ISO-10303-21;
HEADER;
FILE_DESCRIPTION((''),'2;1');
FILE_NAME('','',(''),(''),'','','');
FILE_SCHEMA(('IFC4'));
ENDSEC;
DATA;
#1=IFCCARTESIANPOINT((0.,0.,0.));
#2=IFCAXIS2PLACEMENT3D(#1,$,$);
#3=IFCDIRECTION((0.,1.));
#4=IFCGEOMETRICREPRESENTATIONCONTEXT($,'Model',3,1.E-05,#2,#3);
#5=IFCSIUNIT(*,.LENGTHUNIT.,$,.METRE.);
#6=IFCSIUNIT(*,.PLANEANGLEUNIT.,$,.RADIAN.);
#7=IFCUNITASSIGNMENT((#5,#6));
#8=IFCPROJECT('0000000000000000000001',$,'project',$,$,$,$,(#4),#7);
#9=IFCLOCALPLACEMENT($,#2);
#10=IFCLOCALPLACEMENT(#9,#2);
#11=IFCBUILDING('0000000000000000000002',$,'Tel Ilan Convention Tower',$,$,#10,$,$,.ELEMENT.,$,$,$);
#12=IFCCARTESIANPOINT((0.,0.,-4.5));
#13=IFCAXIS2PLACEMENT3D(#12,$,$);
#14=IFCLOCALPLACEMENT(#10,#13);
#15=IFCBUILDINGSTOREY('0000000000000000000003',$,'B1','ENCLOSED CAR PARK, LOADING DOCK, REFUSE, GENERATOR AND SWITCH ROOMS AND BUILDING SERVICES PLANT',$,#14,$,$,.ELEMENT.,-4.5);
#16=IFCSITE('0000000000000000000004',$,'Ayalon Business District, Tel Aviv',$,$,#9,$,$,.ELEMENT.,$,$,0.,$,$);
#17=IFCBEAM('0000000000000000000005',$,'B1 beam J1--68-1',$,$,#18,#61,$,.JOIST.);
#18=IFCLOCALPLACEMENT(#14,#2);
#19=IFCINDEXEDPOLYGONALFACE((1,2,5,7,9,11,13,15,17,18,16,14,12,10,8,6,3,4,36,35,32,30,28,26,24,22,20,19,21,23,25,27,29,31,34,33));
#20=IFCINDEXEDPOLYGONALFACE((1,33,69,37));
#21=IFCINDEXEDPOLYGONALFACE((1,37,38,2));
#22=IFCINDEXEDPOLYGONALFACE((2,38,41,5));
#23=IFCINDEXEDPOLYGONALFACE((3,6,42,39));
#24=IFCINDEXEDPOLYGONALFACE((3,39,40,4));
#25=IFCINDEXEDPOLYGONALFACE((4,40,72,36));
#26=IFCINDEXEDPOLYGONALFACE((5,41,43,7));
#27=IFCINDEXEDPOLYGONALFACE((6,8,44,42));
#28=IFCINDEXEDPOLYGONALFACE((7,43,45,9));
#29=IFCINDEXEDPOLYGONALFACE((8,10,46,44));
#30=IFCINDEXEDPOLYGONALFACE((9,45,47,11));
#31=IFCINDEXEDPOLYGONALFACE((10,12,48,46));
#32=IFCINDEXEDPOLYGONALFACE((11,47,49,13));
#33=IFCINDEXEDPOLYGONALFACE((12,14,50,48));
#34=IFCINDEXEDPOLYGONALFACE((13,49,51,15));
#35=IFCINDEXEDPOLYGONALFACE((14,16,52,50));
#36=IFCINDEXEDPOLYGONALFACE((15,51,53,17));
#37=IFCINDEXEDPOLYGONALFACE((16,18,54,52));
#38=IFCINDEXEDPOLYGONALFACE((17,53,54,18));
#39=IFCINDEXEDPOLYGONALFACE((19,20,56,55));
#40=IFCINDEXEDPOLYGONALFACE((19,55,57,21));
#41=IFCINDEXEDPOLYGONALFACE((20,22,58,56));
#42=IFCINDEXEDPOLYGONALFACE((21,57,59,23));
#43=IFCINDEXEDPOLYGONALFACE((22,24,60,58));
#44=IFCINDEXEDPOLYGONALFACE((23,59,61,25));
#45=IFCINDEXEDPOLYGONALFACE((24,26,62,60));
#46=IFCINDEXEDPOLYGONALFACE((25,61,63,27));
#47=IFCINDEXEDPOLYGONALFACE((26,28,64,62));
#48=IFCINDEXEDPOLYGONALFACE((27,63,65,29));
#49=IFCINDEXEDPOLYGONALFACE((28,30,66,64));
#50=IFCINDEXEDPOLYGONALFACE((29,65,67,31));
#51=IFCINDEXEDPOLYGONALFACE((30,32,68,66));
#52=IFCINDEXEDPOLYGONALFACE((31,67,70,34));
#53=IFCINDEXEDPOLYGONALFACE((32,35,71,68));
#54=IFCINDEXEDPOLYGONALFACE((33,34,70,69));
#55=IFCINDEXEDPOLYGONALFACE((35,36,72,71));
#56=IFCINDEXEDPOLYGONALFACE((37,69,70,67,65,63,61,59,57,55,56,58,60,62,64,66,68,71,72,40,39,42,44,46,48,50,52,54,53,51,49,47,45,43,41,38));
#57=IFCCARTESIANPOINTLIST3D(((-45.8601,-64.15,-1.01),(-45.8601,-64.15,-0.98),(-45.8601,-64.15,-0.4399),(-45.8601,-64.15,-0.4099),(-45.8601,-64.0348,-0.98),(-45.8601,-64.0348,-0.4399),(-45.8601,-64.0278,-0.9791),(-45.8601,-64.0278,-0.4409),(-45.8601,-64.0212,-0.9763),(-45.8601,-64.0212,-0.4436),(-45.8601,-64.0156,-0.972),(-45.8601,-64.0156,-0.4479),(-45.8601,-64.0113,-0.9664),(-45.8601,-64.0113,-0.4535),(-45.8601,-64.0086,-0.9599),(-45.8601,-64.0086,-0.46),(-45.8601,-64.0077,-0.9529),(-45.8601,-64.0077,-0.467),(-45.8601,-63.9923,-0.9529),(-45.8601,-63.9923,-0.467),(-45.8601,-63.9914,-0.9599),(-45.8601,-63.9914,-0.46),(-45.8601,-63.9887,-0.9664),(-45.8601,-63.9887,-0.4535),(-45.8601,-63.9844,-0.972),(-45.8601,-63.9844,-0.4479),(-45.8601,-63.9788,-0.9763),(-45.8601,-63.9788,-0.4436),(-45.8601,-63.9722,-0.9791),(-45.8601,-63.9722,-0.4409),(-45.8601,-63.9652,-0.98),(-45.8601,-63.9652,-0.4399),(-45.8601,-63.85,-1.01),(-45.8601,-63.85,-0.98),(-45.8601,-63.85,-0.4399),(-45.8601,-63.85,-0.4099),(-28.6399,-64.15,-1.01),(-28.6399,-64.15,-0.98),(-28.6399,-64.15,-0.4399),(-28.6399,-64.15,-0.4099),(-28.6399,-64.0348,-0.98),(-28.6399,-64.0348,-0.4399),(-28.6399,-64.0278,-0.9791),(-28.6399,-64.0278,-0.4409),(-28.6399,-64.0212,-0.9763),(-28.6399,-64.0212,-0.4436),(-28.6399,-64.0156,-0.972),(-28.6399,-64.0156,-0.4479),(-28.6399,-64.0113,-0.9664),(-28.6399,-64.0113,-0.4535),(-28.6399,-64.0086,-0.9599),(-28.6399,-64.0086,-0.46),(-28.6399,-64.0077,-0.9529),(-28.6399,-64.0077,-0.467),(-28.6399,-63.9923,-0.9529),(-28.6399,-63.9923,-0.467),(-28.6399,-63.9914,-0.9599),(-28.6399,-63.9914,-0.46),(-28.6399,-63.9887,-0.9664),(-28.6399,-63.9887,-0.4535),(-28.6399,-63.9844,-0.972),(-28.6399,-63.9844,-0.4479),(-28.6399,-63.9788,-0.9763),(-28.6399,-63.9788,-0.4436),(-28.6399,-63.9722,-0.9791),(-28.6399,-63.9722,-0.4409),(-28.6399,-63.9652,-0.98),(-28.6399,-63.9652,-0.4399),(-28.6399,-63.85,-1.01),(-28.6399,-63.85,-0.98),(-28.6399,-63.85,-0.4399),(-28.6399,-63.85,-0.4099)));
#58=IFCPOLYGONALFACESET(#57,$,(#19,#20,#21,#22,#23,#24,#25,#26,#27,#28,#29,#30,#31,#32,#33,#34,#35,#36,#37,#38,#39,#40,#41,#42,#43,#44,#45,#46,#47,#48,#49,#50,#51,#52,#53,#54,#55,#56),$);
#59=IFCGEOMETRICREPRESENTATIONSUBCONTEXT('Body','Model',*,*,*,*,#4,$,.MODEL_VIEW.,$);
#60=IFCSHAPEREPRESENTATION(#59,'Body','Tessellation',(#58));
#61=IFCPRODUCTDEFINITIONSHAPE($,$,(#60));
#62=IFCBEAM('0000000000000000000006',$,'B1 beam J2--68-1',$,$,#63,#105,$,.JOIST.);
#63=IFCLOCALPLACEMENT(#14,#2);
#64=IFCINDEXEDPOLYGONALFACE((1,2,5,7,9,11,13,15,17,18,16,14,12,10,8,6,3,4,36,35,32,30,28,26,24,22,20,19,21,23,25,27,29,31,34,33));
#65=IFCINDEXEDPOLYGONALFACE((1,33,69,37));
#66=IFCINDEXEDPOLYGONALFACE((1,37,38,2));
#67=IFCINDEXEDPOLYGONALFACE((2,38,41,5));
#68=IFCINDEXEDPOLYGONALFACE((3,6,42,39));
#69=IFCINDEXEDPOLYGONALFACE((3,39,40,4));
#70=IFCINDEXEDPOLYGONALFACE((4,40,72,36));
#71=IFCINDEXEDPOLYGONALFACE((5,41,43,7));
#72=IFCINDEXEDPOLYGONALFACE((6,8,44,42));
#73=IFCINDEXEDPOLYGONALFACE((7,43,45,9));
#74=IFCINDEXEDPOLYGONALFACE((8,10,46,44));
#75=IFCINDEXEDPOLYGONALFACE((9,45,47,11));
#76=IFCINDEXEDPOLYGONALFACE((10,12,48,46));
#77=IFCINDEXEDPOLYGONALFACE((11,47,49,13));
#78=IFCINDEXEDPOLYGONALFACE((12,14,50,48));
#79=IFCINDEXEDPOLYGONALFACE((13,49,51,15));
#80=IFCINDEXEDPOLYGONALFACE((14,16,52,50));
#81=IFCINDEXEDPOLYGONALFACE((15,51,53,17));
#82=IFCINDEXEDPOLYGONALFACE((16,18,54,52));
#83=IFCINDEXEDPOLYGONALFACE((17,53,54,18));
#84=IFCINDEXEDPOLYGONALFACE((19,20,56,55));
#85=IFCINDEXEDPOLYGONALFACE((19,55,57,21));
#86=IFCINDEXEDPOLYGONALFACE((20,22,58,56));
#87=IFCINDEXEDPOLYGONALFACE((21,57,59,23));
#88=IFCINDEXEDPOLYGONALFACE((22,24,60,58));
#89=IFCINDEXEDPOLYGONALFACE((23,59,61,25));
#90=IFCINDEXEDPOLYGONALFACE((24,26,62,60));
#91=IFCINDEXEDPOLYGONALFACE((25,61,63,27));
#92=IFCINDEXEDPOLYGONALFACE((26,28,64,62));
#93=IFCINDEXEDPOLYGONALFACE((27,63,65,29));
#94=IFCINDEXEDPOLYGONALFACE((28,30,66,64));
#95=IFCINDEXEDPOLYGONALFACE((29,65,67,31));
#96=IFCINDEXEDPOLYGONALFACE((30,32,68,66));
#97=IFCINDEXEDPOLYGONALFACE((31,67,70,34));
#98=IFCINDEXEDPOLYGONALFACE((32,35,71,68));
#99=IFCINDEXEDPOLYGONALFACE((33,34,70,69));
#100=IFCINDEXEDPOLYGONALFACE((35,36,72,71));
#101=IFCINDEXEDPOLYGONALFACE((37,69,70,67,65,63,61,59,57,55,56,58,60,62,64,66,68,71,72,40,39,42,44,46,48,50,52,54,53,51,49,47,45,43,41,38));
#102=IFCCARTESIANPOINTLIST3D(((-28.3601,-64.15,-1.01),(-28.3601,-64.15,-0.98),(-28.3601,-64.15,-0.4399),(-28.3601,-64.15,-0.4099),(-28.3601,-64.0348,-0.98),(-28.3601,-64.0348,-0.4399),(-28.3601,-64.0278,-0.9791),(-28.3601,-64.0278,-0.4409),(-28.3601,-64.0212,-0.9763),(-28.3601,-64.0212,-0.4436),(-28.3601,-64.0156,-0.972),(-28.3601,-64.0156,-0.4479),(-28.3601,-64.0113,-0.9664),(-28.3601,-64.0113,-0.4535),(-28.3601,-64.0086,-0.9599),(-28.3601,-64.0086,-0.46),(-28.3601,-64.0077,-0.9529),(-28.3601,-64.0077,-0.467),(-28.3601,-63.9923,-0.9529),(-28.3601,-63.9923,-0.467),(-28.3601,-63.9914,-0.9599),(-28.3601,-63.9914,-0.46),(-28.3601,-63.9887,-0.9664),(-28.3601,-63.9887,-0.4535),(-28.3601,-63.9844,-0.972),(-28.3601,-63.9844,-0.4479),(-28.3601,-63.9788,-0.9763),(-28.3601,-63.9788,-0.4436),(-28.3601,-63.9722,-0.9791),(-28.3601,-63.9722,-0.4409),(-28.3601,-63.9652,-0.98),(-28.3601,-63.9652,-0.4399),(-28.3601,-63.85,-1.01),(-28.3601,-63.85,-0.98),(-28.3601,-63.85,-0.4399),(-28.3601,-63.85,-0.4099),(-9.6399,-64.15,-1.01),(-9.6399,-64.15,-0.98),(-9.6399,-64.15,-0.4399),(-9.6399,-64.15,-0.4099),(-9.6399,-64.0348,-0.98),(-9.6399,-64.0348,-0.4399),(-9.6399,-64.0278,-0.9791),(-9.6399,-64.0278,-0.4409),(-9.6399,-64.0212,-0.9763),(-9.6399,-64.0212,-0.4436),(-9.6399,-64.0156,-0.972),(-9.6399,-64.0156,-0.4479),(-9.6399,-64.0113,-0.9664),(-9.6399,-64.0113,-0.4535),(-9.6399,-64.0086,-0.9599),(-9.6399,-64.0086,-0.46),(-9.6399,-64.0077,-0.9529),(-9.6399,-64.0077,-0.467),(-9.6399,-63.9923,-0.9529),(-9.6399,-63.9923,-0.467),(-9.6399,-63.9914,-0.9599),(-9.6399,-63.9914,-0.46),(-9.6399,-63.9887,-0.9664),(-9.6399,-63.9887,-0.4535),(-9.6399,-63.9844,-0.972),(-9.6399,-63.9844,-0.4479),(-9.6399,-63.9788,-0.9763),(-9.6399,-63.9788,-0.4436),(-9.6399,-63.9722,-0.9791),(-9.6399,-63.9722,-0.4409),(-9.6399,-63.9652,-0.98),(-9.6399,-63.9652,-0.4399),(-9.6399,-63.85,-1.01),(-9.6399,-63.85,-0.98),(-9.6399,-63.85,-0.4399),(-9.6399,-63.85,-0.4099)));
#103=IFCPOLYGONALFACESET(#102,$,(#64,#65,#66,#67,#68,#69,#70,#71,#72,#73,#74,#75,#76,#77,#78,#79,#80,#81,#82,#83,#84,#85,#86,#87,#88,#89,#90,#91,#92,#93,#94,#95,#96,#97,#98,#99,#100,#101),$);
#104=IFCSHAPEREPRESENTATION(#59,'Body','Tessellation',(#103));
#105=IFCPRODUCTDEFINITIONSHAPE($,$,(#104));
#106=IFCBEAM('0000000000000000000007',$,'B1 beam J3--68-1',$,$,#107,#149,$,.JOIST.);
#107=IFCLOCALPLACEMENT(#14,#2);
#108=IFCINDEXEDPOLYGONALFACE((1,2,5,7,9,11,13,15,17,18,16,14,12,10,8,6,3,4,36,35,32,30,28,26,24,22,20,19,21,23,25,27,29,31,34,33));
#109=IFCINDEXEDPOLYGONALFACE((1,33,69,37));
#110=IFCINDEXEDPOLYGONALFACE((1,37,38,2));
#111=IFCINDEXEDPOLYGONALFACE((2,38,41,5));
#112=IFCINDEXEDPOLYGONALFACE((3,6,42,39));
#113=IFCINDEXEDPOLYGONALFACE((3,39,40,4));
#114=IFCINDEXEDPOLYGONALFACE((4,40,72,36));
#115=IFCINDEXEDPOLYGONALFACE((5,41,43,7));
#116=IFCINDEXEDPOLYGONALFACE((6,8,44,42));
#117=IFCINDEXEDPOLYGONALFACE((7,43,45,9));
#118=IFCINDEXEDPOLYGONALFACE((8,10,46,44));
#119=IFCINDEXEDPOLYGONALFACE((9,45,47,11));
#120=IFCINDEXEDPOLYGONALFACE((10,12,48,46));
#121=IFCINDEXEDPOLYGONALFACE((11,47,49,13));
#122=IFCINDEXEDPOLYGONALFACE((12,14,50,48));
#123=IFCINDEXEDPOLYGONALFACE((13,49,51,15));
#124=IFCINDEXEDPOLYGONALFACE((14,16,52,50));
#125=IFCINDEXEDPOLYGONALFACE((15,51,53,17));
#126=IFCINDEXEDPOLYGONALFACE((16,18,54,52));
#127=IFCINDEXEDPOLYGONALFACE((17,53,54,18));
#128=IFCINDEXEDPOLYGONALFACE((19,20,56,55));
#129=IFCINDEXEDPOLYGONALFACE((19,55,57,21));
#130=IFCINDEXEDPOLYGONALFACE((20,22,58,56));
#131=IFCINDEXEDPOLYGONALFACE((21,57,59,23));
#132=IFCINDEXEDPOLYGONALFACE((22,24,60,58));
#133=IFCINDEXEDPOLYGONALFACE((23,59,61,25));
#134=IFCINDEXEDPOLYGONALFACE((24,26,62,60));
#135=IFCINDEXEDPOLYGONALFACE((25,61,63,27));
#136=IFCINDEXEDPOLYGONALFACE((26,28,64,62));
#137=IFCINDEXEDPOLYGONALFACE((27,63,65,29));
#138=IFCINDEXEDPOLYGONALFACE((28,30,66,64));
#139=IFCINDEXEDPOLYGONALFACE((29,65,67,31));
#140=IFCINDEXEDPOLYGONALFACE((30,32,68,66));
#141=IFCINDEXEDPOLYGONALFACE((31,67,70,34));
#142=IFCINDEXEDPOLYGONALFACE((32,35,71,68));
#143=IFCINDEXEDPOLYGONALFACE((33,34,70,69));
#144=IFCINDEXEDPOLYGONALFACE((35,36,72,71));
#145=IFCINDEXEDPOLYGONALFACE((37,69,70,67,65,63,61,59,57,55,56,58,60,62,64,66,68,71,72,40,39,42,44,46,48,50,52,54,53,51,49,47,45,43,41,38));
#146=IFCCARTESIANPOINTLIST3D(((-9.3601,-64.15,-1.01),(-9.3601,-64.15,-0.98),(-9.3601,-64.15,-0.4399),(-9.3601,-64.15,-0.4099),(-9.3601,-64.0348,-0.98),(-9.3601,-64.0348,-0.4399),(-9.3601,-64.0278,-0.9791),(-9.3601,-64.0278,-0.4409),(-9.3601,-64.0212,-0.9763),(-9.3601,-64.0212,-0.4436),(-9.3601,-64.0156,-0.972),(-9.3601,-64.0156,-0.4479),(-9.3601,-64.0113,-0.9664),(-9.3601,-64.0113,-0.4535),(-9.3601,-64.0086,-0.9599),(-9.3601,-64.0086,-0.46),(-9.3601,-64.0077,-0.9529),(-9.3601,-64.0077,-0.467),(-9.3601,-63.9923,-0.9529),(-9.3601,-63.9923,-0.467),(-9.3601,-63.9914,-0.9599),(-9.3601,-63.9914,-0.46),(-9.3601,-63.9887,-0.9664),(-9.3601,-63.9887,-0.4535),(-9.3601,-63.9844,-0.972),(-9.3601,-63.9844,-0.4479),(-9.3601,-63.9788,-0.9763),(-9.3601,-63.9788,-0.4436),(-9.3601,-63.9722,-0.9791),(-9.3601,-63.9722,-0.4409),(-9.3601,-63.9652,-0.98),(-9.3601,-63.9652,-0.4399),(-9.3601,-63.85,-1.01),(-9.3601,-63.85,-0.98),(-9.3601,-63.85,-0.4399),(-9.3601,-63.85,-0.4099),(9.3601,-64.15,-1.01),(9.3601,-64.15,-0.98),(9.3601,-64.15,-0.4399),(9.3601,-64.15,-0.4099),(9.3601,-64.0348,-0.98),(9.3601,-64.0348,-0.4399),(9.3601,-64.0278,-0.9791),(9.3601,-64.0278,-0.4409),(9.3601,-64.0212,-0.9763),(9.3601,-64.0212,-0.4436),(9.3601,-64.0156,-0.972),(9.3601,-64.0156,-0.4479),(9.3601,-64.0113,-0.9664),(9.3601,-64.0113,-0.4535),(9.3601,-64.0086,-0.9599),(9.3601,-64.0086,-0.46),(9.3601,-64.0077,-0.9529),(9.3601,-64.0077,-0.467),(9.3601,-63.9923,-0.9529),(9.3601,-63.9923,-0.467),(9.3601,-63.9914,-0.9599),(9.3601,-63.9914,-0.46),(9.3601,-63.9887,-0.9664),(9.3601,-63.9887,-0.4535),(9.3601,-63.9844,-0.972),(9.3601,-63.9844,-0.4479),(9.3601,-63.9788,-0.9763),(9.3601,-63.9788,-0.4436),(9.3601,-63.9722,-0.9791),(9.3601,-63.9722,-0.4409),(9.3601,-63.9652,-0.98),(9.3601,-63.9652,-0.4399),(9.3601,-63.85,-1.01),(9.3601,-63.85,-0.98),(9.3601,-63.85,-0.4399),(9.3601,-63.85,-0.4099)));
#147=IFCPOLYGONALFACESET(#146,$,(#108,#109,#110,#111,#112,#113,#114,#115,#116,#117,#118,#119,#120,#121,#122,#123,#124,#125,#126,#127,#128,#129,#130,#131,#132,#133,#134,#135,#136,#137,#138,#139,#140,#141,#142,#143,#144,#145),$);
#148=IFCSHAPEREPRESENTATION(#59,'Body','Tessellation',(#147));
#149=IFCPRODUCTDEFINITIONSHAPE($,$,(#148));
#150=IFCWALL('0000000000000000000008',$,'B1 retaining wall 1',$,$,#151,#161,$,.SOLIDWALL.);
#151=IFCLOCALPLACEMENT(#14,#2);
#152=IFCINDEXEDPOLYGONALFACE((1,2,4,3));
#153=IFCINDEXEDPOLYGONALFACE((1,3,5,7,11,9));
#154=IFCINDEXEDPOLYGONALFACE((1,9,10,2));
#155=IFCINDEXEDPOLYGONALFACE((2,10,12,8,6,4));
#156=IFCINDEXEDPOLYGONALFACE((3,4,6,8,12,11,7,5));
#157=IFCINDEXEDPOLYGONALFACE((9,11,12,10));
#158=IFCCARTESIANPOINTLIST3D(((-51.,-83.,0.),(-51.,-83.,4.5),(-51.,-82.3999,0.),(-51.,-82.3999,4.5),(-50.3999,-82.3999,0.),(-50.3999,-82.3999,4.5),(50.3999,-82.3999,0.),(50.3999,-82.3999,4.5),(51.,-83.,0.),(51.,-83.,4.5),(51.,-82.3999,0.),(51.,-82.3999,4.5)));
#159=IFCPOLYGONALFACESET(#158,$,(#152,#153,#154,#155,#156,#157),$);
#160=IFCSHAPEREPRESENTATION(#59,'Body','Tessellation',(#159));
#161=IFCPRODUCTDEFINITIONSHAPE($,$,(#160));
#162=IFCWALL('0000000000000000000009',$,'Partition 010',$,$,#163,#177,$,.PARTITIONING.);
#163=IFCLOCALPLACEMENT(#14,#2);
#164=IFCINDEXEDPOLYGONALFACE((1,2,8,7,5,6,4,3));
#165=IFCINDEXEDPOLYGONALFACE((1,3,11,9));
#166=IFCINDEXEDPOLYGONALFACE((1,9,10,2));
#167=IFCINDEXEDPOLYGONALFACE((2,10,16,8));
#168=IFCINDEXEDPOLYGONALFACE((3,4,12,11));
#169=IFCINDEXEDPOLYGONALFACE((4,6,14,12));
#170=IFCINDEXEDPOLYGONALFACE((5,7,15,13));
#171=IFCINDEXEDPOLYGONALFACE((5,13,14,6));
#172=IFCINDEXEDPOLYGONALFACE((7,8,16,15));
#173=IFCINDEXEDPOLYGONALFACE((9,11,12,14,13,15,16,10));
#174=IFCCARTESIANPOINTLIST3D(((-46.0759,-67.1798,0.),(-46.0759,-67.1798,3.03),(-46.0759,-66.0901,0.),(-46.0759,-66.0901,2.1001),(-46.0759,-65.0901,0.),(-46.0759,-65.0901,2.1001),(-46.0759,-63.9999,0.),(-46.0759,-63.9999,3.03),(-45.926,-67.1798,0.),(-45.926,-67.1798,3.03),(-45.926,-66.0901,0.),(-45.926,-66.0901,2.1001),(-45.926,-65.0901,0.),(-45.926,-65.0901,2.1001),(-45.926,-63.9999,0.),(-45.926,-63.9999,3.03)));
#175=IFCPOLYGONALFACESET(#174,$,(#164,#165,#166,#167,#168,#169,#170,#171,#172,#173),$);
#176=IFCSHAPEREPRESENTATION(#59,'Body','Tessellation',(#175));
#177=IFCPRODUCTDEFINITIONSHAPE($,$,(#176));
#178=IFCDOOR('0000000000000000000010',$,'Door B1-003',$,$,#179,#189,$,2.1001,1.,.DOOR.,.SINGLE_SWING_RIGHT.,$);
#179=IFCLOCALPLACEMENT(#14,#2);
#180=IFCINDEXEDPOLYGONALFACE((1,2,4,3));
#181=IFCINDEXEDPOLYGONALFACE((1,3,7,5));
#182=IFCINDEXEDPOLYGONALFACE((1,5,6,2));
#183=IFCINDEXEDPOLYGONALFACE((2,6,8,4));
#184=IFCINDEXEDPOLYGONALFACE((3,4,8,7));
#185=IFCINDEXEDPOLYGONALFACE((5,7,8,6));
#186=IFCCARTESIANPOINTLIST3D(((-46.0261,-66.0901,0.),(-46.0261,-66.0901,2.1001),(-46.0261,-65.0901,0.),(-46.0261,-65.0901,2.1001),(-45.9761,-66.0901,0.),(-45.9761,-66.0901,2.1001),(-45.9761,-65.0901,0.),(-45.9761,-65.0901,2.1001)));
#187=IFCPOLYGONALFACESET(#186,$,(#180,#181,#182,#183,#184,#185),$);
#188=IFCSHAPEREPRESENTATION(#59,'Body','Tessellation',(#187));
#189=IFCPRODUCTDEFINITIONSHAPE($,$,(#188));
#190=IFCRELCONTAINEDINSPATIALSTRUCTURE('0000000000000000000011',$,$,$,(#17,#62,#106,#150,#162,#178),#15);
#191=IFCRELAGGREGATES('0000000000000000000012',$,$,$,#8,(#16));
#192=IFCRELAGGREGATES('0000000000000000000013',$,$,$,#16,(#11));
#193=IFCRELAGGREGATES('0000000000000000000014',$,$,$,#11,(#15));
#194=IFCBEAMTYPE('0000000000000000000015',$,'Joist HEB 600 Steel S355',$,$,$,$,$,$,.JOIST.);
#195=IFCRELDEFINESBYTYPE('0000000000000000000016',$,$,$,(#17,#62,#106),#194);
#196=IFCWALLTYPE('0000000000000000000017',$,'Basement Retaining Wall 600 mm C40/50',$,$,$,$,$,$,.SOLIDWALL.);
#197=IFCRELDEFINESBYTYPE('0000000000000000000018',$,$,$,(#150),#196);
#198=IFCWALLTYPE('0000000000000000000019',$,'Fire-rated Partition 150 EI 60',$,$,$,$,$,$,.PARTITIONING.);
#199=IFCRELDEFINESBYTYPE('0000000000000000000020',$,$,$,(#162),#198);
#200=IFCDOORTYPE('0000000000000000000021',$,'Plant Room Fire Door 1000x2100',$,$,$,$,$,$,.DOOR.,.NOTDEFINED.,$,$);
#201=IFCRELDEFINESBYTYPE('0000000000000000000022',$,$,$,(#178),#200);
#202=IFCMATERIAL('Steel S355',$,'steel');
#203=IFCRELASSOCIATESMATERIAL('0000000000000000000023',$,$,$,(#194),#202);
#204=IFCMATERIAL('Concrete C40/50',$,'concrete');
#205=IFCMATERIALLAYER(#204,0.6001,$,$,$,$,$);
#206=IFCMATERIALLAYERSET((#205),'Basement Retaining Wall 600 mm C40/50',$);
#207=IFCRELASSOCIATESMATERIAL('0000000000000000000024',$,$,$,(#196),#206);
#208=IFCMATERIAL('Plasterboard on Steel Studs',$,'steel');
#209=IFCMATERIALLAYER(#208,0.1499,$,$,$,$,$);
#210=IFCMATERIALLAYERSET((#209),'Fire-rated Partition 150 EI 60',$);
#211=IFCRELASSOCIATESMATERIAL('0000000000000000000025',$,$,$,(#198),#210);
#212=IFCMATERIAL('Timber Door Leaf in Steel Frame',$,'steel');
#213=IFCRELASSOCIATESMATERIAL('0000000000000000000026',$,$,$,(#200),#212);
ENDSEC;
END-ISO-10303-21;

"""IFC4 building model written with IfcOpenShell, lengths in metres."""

from ifc_helpers import new_model, si_unit, direction, frame, frame_2d, origin, origin_2d, place, context, subcontext, project, spatial, polyline, rectangle, i_section, outline, extrude, material, layer, layer_set, material_profile, profile_set, type_object, element, fill, save


model = new_model("IFC4")

# Units and contexts
model_context = context("Model", 3, precision=1e-05, world=origin(), true_north=direction((0.0, 1.0)))
body_context = subcontext(model_context, "Body", "Model", "MODEL_VIEW")
ifc_project = project(units=[si_unit("LENGTHUNIT", "METRE"), si_unit("PLANEANGLEUNIT", "RADIAN")], contexts=[model_context])

# Site, building, storey
site_placement = place(None, origin())
site = spatial("IfcSite", under=ifc_project, at=site_placement, Name="Ayalon Business District, Tel Aviv", CompositionType="ELEMENT", RefElevation=0.0)
building_placement = place(site_placement, origin())
building = spatial("IfcBuilding", under=site, at=building_placement, Name="Tel Ilan Convention Tower", CompositionType="ELEMENT")
storey_placement = place(building_placement, frame((0.0, 0.0, -4.5)))
storey = spatial("IfcBuildingStorey", under=building, at=storey_placement, Name="B1", Description="ENCLOSED CAR PARK, LOADING DOCK, REFUSE, GENERATOR AND SWITCH ROOMS AND BUILDING SERVICES PLANT", CompositionType="ELEMENT", Elevation=-4.5)

# Beams
ifc_material_1 = material(Name="Steel S355", Category="steel")
ifc_material_profile_1 = material_profile(ifc_material_1, i_section(OverallWidth=0.3, OverallDepth=0.6001, WebThickness=0.0154, FlangeThickness=0.03, FilletRadius=0.0271, at=origin_2d()), Name="HEB 600")
ifc_profile_set_1 = profile_set([ifc_material_profile_1], Name="Steel S355")
beam_type_1 = type_object("IfcBeamType", Name="Joist HEB 600 Steel S355", PredefinedType="JOIST", material=ifc_profile_set_1)
beam_1_placement = place(storey_placement, frame((-45.8601, -64.0, -0.71), z_axis=(1.0, 0.0, 0.0), x_axis=(0.0, 1.0, 0.0)))
element("IfcBeam", 1, at=beam_1_placement, inside=storey, type_object=beam_type_1, Name="B1 beam J1--68-1", PredefinedType="JOIST", context=body_context, shape_type="SweptSolid", body=[
    extrude(i_section(OverallWidth=0.3, OverallDepth=0.6001, WebThickness=0.0154, FlangeThickness=0.03, FilletRadius=0.0271, at=origin_2d()), origin(), (0.0, 0.0, 1.0), 17.2202),
])
for number, where, z_axis, x_axis, name in (
    (2, (-28.3601, -64.0, -0.71), (1.0, 0.0, 0.0), (0.0, 1.0, 0.0), "B1 beam J2--68-1"),
    (3, (-9.3601, -64.0, -0.71), (1.0, 0.0, 0.0), (0.0, 1.0, 0.0), "B1 beam J3--68-1"),
):
    element("IfcBeam", number, at=place(storey_placement, frame(where, z_axis=z_axis, x_axis=x_axis)), inside=storey, type_object=beam_type_1, Name=name, PredefinedType="JOIST", context=body_context, shape_type="SweptSolid", body=[
        extrude(i_section(OverallWidth=0.3, OverallDepth=0.6001, WebThickness=0.0154, FlangeThickness=0.03, FilletRadius=0.0271, at=origin_2d()), origin(), (0.0, 0.0, 1.0), 18.7202),
    ])

# Wall
ifc_material_2 = material(Name="Concrete C40/50", Category="concrete")
ifc_layer_1 = layer(ifc_material_2, 0.6001)
ifc_layer_set_1 = layer_set([ifc_layer_1], Name="Basement Retaining Wall 600 mm C40/50")
wall_type_1 = type_object("IfcWallType", Name="Basement Retaining Wall 600 mm C40/50", PredefinedType="SOLIDWALL", material=ifc_layer_set_1)
wall_1_placement = place(storey_placement, frame((-51.0, -82.7, 0.0), z_axis=(0.0, 0.0, 1.0), x_axis=(1.0, 0.0, 0.0)))
element("IfcWall", 4, at=wall_1_placement, inside=storey, type_object=wall_type_1, Name="B1 retaining wall 1", PredefinedType="SOLIDWALL", context=body_context, shape_type="SweptSolid", body=[
    extrude(outline(polyline([(0.0, -0.3), (0.0, 0.3), (0.6001, 0.3), (101.3999, 0.3), (102.0, 0.3), (102.0, -0.3), (0.0, -0.3)])), origin(), (0.0, 0.0, 1.0), 4.5),
])

# Wall, opening, door
ifc_material_3 = material(Name="Plasterboard on Steel Studs", Category="steel")
ifc_layer_2 = layer(ifc_material_3, 0.1499)
ifc_layer_set_2 = layer_set([ifc_layer_2], Name="Fire-rated Partition 150 EI 60")
wall_type_2 = type_object("IfcWallType", Name="Fire-rated Partition 150 EI 60", PredefinedType="PARTITIONING", material=ifc_layer_set_2)
wall_2_placement = place(storey_placement, frame((-46.001, -64.0, 0.0), z_axis=(0.0, 0.0, 1.0), x_axis=(0.0, -1.0, 0.0)))
wall_2 = element("IfcWall", 5, at=wall_2_placement, inside=storey, type_object=wall_type_2, Name="Partition 010", PredefinedType="PARTITIONING", context=body_context, shape_type="SweptSolid", body=[
    extrude(rectangle(XDim=3.1799, YDim=0.1499, at=frame_2d((1.5898, 0.0))), origin(), (0.0, 0.0, 1.0), 3.03),
])
opening_1_placement = place(wall_2_placement, frame((1.0901, 0.0, 0.0)))
opening_1 = element("IfcOpeningElement", 6, at=opening_1_placement, cuts=wall_2, PredefinedType="OPENING", context=body_context, shape_type="SweptSolid", body=[
    extrude(rectangle(XDim=1.0, YDim=2.1001, at=frame_2d((0.5, 1.05))), frame((0.0, 0.085, 0.0), z_axis=(0.0, -1.0, 0.0), x_axis=(1.0, 0.0, 0.0)), (0.0, 0.0, 1.0), 0.1699),
])
ifc_material_4 = material(Name="Timber Door Leaf in Steel Frame", Category="steel")
door_type_1 = type_object("IfcDoorType", Name="Plant Room Fire Door 1000x2100", OperationType="NOTDEFINED", PredefinedType="DOOR", material=ifc_material_4)
door_1_placement = place(opening_1_placement, origin())
door_1 = element("IfcDoor", 7, at=door_1_placement, inside=storey, type_object=door_type_1, Name="Door B1-003", OperationType="SINGLE_SWING_RIGHT", OverallHeight=2.1001, OverallWidth=1.0, PredefinedType="DOOR", context=body_context, shape_type="SweptSolid", body=[
    extrude(rectangle(XDim=1.0, YDim=2.1001, at=frame_2d((0.5, 1.05))), frame((0.0, 0.0249, 0.0), z_axis=(0.0, -1.0, 0.0), x_axis=(1.0, 0.0, 0.0)), (0.0, 0.0, 1.0), 0.05),
])
fill(opening_1, door_1)

save(model, "model.ifc")
